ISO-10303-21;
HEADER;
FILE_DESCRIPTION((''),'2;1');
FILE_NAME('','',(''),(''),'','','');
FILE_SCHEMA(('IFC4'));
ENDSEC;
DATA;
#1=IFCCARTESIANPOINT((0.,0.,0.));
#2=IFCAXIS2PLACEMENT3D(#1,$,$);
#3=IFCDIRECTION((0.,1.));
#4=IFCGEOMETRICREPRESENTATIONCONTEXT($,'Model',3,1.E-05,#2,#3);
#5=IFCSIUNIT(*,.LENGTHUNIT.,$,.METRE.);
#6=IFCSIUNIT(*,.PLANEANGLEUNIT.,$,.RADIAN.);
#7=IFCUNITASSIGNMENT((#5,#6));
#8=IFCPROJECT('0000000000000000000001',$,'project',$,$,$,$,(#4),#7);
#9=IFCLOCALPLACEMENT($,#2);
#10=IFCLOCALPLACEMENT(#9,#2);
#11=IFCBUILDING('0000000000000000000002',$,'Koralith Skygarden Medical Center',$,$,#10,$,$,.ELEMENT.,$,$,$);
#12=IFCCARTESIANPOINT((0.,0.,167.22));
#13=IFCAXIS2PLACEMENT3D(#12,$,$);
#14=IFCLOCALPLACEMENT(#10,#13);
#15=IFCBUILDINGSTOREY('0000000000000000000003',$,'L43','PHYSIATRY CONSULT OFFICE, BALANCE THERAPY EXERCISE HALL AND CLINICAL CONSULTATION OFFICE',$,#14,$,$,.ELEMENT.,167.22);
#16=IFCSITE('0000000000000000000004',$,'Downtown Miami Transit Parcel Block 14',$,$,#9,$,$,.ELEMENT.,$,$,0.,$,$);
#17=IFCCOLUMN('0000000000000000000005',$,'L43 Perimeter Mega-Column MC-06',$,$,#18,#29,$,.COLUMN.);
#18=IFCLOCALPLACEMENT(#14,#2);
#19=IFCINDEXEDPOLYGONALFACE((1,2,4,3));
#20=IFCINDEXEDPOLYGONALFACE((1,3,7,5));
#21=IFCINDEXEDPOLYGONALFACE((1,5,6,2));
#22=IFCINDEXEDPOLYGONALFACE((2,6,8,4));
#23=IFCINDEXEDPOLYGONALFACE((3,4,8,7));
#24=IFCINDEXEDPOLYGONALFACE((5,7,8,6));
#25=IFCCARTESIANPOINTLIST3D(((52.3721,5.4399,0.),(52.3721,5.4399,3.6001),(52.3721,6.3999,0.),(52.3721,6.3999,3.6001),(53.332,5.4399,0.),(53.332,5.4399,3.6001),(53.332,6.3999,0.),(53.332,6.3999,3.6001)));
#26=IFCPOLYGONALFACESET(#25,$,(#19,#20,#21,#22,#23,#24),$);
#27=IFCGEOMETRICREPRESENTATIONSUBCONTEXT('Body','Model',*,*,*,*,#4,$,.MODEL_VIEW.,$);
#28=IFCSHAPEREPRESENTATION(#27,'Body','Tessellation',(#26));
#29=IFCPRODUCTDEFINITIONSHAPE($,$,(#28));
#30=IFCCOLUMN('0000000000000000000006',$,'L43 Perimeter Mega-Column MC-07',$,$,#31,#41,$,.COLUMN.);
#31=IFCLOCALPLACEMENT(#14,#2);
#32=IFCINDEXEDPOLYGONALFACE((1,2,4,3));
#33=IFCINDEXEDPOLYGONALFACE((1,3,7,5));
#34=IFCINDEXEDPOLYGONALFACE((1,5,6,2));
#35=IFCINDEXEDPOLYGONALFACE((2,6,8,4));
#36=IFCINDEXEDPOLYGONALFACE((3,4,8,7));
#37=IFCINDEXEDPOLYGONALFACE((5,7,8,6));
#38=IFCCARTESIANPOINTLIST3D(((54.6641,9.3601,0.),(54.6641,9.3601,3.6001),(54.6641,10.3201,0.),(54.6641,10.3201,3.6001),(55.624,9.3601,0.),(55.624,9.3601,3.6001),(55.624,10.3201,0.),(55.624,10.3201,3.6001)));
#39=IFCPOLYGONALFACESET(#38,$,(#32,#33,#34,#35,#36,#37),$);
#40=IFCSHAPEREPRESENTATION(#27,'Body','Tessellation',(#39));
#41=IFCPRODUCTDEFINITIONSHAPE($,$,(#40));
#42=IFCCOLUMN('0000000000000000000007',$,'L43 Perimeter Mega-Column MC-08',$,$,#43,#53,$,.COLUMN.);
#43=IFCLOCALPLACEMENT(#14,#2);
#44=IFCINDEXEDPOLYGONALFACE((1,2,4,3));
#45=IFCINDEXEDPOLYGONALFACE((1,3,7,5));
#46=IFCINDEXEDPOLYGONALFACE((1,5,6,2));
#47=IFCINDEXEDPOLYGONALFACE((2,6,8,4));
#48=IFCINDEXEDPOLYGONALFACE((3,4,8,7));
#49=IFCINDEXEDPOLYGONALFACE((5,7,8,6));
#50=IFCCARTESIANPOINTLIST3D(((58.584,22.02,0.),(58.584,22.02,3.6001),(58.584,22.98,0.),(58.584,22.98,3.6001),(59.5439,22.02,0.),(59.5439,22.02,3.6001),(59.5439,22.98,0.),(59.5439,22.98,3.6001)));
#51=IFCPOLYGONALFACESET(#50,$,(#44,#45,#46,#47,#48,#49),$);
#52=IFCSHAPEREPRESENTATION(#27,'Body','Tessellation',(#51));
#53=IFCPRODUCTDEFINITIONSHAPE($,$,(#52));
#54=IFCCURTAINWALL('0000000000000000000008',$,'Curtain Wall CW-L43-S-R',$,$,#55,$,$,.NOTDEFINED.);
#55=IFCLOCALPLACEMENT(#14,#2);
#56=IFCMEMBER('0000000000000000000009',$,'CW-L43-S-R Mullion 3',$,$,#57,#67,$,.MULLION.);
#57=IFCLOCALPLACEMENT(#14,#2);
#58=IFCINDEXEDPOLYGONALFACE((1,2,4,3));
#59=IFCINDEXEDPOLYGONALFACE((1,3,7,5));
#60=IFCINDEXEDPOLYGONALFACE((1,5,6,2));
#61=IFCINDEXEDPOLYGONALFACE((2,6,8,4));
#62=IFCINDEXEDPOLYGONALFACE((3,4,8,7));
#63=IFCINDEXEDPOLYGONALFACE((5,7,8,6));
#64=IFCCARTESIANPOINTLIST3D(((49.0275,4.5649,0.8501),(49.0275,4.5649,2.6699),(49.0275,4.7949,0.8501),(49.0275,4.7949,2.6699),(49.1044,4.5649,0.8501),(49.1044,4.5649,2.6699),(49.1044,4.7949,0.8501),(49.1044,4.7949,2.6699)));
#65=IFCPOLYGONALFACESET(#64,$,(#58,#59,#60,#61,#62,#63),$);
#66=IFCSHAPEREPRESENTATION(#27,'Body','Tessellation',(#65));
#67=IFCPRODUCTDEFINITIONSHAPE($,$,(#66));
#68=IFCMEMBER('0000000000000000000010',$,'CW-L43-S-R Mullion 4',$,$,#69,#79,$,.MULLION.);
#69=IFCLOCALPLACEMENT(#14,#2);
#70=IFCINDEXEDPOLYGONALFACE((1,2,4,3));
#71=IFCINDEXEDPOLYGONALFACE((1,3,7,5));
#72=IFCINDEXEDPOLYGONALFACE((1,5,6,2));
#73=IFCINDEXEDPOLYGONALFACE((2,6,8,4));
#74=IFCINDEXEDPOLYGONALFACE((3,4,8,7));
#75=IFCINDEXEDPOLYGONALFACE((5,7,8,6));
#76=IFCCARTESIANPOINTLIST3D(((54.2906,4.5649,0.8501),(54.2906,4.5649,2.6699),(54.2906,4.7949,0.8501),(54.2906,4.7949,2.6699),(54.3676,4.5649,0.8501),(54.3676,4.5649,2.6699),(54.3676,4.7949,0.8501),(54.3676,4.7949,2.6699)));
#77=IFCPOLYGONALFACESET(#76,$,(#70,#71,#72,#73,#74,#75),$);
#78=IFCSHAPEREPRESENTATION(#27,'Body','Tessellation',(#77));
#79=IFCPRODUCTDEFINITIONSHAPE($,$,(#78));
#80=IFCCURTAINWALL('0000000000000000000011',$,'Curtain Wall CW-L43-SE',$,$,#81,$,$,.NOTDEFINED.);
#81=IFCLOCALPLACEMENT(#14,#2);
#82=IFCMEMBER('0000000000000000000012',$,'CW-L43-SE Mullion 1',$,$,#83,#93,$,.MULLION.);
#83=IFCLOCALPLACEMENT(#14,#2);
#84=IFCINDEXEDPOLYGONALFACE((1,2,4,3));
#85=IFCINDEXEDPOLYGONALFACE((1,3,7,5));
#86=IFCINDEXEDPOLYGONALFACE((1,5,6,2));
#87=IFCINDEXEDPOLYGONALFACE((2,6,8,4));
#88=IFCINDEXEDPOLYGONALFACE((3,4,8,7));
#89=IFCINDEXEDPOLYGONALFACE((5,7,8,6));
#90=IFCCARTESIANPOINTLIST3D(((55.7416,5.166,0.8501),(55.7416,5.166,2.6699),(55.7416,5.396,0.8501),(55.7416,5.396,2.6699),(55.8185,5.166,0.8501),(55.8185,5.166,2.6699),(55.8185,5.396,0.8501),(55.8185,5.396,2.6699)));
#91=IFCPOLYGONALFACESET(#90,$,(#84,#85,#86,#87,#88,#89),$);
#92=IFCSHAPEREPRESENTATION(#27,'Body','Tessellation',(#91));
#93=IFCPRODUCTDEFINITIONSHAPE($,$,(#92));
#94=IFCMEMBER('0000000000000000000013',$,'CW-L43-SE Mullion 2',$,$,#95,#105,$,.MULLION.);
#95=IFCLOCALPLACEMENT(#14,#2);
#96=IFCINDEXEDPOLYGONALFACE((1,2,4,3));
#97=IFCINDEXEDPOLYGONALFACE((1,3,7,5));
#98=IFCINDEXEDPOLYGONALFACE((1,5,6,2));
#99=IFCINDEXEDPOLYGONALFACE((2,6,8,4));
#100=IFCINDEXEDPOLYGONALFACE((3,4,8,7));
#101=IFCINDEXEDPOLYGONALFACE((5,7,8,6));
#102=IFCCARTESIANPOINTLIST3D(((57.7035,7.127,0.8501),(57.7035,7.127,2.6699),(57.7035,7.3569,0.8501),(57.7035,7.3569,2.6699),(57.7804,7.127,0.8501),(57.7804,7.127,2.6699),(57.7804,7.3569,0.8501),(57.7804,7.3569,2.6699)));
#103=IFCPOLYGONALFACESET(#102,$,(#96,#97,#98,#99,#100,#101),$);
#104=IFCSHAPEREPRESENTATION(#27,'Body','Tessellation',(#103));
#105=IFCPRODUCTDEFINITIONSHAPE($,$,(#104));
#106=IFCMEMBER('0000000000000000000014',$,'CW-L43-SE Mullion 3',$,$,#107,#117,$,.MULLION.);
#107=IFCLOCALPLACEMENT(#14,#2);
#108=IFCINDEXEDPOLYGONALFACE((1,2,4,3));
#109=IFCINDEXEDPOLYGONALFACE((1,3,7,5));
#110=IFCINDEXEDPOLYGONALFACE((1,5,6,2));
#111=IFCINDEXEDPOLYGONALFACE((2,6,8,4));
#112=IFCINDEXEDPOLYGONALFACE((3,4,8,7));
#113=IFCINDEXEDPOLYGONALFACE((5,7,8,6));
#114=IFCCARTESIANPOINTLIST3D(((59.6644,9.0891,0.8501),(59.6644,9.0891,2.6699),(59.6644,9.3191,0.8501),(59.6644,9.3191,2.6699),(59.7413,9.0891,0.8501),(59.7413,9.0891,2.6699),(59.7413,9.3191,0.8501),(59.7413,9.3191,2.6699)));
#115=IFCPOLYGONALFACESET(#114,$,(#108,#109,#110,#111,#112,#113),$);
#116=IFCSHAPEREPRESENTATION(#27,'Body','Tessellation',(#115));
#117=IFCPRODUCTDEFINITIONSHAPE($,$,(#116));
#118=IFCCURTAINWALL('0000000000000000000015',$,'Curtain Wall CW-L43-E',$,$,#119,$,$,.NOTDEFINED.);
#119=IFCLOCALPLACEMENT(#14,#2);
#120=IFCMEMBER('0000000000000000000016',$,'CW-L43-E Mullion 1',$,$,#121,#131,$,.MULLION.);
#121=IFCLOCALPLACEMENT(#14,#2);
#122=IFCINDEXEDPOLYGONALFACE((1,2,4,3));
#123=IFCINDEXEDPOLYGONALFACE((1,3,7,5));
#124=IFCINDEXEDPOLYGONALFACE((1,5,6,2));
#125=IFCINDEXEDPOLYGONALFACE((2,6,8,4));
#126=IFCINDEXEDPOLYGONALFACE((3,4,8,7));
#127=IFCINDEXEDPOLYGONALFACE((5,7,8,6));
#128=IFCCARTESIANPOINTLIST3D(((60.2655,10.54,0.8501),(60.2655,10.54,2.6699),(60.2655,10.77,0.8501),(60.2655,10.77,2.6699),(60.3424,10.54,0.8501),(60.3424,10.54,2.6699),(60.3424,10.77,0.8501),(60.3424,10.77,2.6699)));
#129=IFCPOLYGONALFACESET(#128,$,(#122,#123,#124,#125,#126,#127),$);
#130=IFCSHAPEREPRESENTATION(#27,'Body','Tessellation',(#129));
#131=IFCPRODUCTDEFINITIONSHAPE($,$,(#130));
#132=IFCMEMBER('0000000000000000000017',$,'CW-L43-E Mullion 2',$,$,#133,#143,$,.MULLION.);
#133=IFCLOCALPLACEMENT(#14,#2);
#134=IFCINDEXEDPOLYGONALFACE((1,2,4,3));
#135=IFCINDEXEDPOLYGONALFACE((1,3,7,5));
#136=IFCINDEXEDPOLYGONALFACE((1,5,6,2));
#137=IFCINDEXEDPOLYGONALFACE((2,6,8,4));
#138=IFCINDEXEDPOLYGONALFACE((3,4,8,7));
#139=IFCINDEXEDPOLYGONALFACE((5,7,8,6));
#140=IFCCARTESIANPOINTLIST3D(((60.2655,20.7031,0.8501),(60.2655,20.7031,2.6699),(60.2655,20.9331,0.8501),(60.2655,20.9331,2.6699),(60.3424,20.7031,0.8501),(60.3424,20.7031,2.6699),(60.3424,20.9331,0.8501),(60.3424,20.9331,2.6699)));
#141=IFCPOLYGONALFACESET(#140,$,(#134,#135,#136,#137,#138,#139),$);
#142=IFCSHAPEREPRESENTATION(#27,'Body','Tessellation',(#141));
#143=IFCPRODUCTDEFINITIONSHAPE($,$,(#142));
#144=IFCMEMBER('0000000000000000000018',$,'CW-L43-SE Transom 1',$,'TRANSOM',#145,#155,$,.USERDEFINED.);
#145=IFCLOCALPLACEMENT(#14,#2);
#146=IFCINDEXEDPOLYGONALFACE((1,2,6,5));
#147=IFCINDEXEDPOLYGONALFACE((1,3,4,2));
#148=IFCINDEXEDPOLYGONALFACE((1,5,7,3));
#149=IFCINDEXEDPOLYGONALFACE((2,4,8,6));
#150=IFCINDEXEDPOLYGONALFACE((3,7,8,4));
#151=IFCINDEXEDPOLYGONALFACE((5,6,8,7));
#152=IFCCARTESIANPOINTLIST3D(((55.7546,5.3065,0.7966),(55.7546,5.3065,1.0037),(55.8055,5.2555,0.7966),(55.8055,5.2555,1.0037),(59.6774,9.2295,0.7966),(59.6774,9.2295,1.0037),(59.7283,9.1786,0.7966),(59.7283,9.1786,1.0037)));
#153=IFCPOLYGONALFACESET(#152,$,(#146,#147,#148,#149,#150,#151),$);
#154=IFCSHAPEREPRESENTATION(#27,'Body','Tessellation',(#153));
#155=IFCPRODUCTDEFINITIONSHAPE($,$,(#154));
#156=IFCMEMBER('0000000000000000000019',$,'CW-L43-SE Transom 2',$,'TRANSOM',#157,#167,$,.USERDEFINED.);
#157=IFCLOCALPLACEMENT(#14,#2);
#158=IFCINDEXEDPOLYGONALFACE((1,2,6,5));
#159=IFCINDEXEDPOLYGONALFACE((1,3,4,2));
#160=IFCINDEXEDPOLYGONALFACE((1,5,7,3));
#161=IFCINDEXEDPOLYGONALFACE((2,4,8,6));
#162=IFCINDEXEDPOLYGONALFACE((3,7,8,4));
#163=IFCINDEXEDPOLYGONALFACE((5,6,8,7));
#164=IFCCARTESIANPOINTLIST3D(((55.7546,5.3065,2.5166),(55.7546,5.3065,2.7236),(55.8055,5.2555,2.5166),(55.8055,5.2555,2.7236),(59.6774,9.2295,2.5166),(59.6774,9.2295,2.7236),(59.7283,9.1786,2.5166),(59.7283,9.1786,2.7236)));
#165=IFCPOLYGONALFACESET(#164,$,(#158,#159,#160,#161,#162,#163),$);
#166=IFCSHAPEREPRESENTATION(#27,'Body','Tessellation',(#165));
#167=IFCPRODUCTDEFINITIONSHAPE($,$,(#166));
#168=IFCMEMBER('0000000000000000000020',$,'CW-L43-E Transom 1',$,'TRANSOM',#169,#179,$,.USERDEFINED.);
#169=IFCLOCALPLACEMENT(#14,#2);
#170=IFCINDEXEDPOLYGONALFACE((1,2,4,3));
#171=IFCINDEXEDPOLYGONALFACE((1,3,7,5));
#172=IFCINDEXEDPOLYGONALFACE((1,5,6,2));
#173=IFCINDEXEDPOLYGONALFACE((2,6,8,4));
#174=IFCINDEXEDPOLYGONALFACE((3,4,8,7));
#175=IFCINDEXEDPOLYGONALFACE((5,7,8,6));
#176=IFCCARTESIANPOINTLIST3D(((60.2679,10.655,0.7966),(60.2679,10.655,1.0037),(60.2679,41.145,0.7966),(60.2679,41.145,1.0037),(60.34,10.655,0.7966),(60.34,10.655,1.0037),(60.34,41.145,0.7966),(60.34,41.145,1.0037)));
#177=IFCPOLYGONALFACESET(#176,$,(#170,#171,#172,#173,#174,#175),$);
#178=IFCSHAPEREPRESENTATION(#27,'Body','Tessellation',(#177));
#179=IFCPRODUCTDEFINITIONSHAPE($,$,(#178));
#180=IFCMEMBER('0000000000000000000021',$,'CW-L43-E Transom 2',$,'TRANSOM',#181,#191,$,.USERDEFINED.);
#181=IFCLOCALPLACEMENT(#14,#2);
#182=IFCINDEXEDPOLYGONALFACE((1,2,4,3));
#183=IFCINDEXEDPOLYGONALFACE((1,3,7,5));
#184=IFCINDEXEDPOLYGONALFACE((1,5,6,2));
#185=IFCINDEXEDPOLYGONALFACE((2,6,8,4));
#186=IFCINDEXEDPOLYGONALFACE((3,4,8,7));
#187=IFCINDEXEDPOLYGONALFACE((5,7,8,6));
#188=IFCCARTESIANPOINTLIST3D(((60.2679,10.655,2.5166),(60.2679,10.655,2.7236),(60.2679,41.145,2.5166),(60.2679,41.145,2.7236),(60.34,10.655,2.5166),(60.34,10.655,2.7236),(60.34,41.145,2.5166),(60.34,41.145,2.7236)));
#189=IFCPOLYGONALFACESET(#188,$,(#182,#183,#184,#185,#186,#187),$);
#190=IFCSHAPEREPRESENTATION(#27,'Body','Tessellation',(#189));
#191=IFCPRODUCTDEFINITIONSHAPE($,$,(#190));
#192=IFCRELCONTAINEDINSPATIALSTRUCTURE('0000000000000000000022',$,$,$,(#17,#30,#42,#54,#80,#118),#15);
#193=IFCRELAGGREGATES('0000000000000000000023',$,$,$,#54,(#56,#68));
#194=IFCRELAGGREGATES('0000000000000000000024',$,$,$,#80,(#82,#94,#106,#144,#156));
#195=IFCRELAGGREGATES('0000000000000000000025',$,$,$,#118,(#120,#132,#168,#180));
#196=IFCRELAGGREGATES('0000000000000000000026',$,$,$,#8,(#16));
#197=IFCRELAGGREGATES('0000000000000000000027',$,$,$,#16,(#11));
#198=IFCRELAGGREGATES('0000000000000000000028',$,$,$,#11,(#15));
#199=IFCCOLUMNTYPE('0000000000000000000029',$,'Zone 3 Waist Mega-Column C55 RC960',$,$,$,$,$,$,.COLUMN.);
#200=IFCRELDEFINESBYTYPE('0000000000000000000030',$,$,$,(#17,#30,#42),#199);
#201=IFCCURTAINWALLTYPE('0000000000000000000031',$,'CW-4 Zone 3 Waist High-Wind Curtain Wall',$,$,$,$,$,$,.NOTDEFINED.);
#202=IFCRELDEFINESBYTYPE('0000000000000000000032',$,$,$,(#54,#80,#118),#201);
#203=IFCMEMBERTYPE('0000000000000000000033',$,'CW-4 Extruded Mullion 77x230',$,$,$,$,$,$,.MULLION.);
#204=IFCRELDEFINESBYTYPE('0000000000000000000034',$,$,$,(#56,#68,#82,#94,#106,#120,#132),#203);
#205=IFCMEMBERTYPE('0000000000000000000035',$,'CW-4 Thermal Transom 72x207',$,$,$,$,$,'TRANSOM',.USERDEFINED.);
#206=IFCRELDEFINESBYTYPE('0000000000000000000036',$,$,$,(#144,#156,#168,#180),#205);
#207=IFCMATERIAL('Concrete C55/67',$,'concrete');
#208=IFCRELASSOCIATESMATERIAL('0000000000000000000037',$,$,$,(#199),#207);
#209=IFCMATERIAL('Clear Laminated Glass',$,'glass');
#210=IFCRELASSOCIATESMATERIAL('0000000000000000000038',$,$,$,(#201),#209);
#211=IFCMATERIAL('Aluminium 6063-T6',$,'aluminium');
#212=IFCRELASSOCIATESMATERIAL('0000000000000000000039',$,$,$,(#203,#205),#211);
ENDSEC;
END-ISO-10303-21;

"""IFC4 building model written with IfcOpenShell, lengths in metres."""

from ifc_helpers import new_model, si_unit, direction, frame, origin, origin_2d, place, context, subcontext, project, spatial, rectangle, extrude, material, material_profile, profile_set, type_object, element, aggregate, save


model = new_model("IFC4")

# Units and contexts
model_context = context("Model", 3, precision=1e-05, world=origin(), true_north=direction((0.0, 1.0)))
body_context = subcontext(model_context, "Body", "Model", "MODEL_VIEW")
ifc_project = project(units=[si_unit("LENGTHUNIT", "METRE"), si_unit("PLANEANGLEUNIT", "RADIAN")], contexts=[model_context])

# Site, building, storey
site_placement = place(None, origin())
site = spatial("IfcSite", under=ifc_project, at=site_placement, Name="Downtown Miami Transit Parcel Block 14", CompositionType="ELEMENT", RefElevation=0.0)
building_placement = place(site_placement, origin())
building = spatial("IfcBuilding", under=site, at=building_placement, Name="Koralith Skygarden Medical Center", CompositionType="ELEMENT")
storey_placement = place(building_placement, frame((0.0, 0.0, 167.22)))
storey = spatial("IfcBuildingStorey", under=building, at=storey_placement, Name="L43", Description="PHYSIATRY CONSULT OFFICE, BALANCE THERAPY EXERCISE HALL AND CLINICAL CONSULTATION OFFICE", CompositionType="ELEMENT", Elevation=167.22)

# Columns
ifc_material_1 = material(Name="Concrete C55/67", Category="concrete")
ifc_material_profile_1 = material_profile(ifc_material_1, rectangle(XDim=0.96, YDim=0.96, at=origin_2d()), Name="RC960X960")
ifc_profile_set_1 = profile_set([ifc_material_profile_1], Name="Concrete C55/67")
column_type = type_object("IfcColumnType", Name="Zone 3 Waist Mega-Column C55 RC960", PredefinedType="COLUMN", material=ifc_profile_set_1)
for number, where, z_axis, x_axis, name in (
    (1, (52.8521, 5.9199, 0.0), (0.0, 0.0, 1.0), (1.0, 0.0, 0.0), "L43 Perimeter Mega-Column MC-06"),
    (2, (55.144, 9.8401, 0.0), (0.0, 0.0, 1.0), (1.0, 0.0, 0.0), "L43 Perimeter Mega-Column MC-07"),
    (3, (59.064, 22.5, 0.0), (0.0, 0.0, 1.0), (1.0, 0.0, 0.0), "L43 Perimeter Mega-Column MC-08"),
):
    element("IfcColumn", number, at=place(storey_placement, frame(where, z_axis=z_axis, x_axis=x_axis)), inside=storey, type_object=column_type, Name=name, PredefinedType="COLUMN", context=body_context, shape_type="SweptSolid", body=[
        extrude(rectangle(XDim=0.96, YDim=0.96, at=origin_2d()), origin(), (0.0, 0.0, 1.0), 3.6001),
    ])

# Curtain walls, members
ifc_material_2 = material(Name="Clear Laminated Glass", Category="glass")
curtain_wall_type = type_object("IfcCurtainWallType", Name="CW-4 Zone 3 Waist High-Wind Curtain Wall", PredefinedType="NOTDEFINED", material=ifc_material_2)
curtain_wall_1_placement = place(storey_placement, origin())
curtain_wall_1 = element("IfcCurtainWall", 4, at=curtain_wall_1_placement, inside=storey, type_object=curtain_wall_type, Name="Curtain Wall CW-L43-S-R", PredefinedType="NOTDEFINED")
ifc_material_3 = material(Name="Aluminium 6063-T6", Category="aluminium")
ifc_material_profile_2 = material_profile(ifc_material_3, rectangle(XDim=0.0769, YDim=0.23, at=origin_2d()), Name="MUL77X230")
ifc_profile_set_2 = profile_set([ifc_material_profile_2], Name="Aluminium 6063-T6")
member_type_1 = type_object("IfcMemberType", Name="CW-4 Extruded Mullion 77x230", PredefinedType="MULLION", material=ifc_profile_set_2)
member_1_placement = place(storey_placement, frame((49.0659, 4.6799, 0.8501), z_axis=(0.0, 0.0, 1.0), x_axis=(1.0, 0.0, 0.0)))
member_1 = element("IfcMember", 5, at=member_1_placement, type_object=member_type_1, Name="CW-L43-S-R Mullion 3", PredefinedType="MULLION", context=body_context, shape_type="SweptSolid", body=[
    extrude(rectangle(XDim=0.0769, YDim=0.23, at=origin_2d()), origin(), (0.0, 0.0, 1.0), 1.8198),
])
member_2_placement = place(storey_placement, frame((54.3291, 4.6799, 0.8501), z_axis=(0.0, 0.0, 1.0), x_axis=(1.0, 0.0, 0.0)))
member_2 = element("IfcMember", 6, at=member_2_placement, type_object=member_type_1, Name="CW-L43-S-R Mullion 4", PredefinedType="MULLION", context=body_context, shape_type="SweptSolid", body=[
    extrude(rectangle(XDim=0.0769, YDim=0.23, at=origin_2d()), origin(), (0.0, 0.0, 1.0), 1.8198),
])
curtain_wall_2_placement = place(storey_placement, origin())
curtain_wall_2 = element("IfcCurtainWall", 7, at=curtain_wall_2_placement, inside=storey, type_object=curtain_wall_type, Name="Curtain Wall CW-L43-SE", PredefinedType="NOTDEFINED")
member_3_placement = place(storey_placement, frame((55.78, 5.281, 0.8501), z_axis=(0.0, 0.0, 1.0), x_axis=(1.0, 0.0, 0.0)))
member_3 = element("IfcMember", 8, at=member_3_placement, type_object=member_type_1, Name="CW-L43-SE Mullion 1", PredefinedType="MULLION", context=body_context, shape_type="SweptSolid", body=[
    extrude(rectangle(XDim=0.0769, YDim=0.23, at=origin_2d()), origin(), (0.0, 0.0, 1.0), 1.8198),
])
member_4_placement = place(storey_placement, frame((57.7419, 7.2419, 0.8501), z_axis=(0.0, 0.0, 1.0), x_axis=(1.0, 0.0, 0.0)))
member_4 = element("IfcMember", 9, at=member_4_placement, type_object=member_type_1, Name="CW-L43-SE Mullion 2", PredefinedType="MULLION", context=body_context, shape_type="SweptSolid", body=[
    extrude(rectangle(XDim=0.0769, YDim=0.23, at=origin_2d()), origin(), (0.0, 0.0, 1.0), 1.8198),
])
member_5_placement = place(storey_placement, frame((59.7029, 9.2041, 0.8501), z_axis=(0.0, 0.0, 1.0), x_axis=(1.0, 0.0, 0.0)))
member_5 = element("IfcMember", 10, at=member_5_placement, type_object=member_type_1, Name="CW-L43-SE Mullion 3", PredefinedType="MULLION", context=body_context, shape_type="SweptSolid", body=[
    extrude(rectangle(XDim=0.0769, YDim=0.23, at=origin_2d()), origin(), (0.0, 0.0, 1.0), 1.8198),
])
curtain_wall_3_placement = place(storey_placement, origin())
curtain_wall_3 = element("IfcCurtainWall", 11, at=curtain_wall_3_placement, inside=storey, type_object=curtain_wall_type, Name="Curtain Wall CW-L43-E", PredefinedType="NOTDEFINED")
member_6_placement = place(storey_placement, frame((60.304, 10.655, 0.8501), z_axis=(0.0, 0.0, 1.0), x_axis=(1.0, 0.0, 0.0)))
member_6 = element("IfcMember", 12, at=member_6_placement, type_object=member_type_1, Name="CW-L43-E Mullion 1", PredefinedType="MULLION", context=body_context, shape_type="SweptSolid", body=[
    extrude(rectangle(XDim=0.0769, YDim=0.23, at=origin_2d()), origin(), (0.0, 0.0, 1.0), 1.8198),
])
member_7_placement = place(storey_placement, frame((60.304, 20.8181, 0.8501), z_axis=(0.0, 0.0, 1.0), x_axis=(1.0, 0.0, 0.0)))
member_7 = element("IfcMember", 13, at=member_7_placement, type_object=member_type_1, Name="CW-L43-E Mullion 2", PredefinedType="MULLION", context=body_context, shape_type="SweptSolid", body=[
    extrude(rectangle(XDim=0.0769, YDim=0.23, at=origin_2d()), origin(), (0.0, 0.0, 1.0), 1.8198),
])

# Members
ifc_material_profile_3 = material_profile(ifc_material_3, rectangle(XDim=0.072, YDim=0.207, at=origin_2d()), Name="TRN72X207")
ifc_profile_set_3 = profile_set([ifc_material_profile_3], Name="Aluminium 6063-T6")
member_type_2 = type_object("IfcMemberType", Name="CW-4 Thermal Transom 72x207", ElementType="TRANSOM", PredefinedType="USERDEFINED", material=ifc_profile_set_3)
member_8_placement = place(storey_placement, frame((55.78, 5.281, 0.9001), z_axis=(0.707085, 0.707129, 0.0), x_axis=(-0.707129, 0.707085, 0.0)))
member_8 = element("IfcMember", 14, at=member_8_placement, type_object=member_type_2, Name="CW-L43-SE Transom 1", ObjectType="TRANSOM", PredefinedType="USERDEFINED", context=body_context, shape_type="SweptSolid", body=[
    extrude(rectangle(XDim=0.072, YDim=0.207, at=origin_2d()), origin(), (0.0, 0.0, 1.0), 5.5479),
])
member_9_placement = place(storey_placement, frame((55.78, 5.281, 2.6201), z_axis=(0.707085, 0.707129, 0.0), x_axis=(-0.707129, 0.707085, 0.0)))
member_9 = element("IfcMember", 15, at=member_9_placement, type_object=member_type_2, Name="CW-L43-SE Transom 2", ObjectType="TRANSOM", PredefinedType="USERDEFINED", context=body_context, shape_type="SweptSolid", body=[
    extrude(rectangle(XDim=0.072, YDim=0.207, at=origin_2d()), origin(), (0.0, 0.0, 1.0), 5.5479),
])
member_10_placement = place(storey_placement, frame((60.304, 10.655, 0.9001), z_axis=(0.0, 1.0, 0.0), x_axis=(-1.0, 0.0, 0.0)))
member_10 = element("IfcMember", 16, at=member_10_placement, type_object=member_type_2, Name="CW-L43-E Transom 1", ObjectType="TRANSOM", PredefinedType="USERDEFINED", context=body_context, shape_type="SweptSolid", body=[
    extrude(rectangle(XDim=0.072, YDim=0.207, at=origin_2d()), origin(), (0.0, 0.0, 1.0), 30.49),
])
member_11_placement = place(storey_placement, frame((60.304, 10.655, 2.6201), z_axis=(0.0, 1.0, 0.0), x_axis=(-1.0, 0.0, 0.0)))
member_11 = element("IfcMember", 17, at=member_11_placement, type_object=member_type_2, Name="CW-L43-E Transom 2", ObjectType="TRANSOM", PredefinedType="USERDEFINED", context=body_context, shape_type="SweptSolid", body=[
    extrude(rectangle(XDim=0.072, YDim=0.207, at=origin_2d()), origin(), (0.0, 0.0, 1.0), 30.49),
])

aggregate(curtain_wall_1, [member_1, member_2])
aggregate(curtain_wall_2, [member_3, member_4, member_5, member_8, member_9])
aggregate(curtain_wall_3, [member_6, member_7, member_10, member_11])

save(model, "model.ifc")
